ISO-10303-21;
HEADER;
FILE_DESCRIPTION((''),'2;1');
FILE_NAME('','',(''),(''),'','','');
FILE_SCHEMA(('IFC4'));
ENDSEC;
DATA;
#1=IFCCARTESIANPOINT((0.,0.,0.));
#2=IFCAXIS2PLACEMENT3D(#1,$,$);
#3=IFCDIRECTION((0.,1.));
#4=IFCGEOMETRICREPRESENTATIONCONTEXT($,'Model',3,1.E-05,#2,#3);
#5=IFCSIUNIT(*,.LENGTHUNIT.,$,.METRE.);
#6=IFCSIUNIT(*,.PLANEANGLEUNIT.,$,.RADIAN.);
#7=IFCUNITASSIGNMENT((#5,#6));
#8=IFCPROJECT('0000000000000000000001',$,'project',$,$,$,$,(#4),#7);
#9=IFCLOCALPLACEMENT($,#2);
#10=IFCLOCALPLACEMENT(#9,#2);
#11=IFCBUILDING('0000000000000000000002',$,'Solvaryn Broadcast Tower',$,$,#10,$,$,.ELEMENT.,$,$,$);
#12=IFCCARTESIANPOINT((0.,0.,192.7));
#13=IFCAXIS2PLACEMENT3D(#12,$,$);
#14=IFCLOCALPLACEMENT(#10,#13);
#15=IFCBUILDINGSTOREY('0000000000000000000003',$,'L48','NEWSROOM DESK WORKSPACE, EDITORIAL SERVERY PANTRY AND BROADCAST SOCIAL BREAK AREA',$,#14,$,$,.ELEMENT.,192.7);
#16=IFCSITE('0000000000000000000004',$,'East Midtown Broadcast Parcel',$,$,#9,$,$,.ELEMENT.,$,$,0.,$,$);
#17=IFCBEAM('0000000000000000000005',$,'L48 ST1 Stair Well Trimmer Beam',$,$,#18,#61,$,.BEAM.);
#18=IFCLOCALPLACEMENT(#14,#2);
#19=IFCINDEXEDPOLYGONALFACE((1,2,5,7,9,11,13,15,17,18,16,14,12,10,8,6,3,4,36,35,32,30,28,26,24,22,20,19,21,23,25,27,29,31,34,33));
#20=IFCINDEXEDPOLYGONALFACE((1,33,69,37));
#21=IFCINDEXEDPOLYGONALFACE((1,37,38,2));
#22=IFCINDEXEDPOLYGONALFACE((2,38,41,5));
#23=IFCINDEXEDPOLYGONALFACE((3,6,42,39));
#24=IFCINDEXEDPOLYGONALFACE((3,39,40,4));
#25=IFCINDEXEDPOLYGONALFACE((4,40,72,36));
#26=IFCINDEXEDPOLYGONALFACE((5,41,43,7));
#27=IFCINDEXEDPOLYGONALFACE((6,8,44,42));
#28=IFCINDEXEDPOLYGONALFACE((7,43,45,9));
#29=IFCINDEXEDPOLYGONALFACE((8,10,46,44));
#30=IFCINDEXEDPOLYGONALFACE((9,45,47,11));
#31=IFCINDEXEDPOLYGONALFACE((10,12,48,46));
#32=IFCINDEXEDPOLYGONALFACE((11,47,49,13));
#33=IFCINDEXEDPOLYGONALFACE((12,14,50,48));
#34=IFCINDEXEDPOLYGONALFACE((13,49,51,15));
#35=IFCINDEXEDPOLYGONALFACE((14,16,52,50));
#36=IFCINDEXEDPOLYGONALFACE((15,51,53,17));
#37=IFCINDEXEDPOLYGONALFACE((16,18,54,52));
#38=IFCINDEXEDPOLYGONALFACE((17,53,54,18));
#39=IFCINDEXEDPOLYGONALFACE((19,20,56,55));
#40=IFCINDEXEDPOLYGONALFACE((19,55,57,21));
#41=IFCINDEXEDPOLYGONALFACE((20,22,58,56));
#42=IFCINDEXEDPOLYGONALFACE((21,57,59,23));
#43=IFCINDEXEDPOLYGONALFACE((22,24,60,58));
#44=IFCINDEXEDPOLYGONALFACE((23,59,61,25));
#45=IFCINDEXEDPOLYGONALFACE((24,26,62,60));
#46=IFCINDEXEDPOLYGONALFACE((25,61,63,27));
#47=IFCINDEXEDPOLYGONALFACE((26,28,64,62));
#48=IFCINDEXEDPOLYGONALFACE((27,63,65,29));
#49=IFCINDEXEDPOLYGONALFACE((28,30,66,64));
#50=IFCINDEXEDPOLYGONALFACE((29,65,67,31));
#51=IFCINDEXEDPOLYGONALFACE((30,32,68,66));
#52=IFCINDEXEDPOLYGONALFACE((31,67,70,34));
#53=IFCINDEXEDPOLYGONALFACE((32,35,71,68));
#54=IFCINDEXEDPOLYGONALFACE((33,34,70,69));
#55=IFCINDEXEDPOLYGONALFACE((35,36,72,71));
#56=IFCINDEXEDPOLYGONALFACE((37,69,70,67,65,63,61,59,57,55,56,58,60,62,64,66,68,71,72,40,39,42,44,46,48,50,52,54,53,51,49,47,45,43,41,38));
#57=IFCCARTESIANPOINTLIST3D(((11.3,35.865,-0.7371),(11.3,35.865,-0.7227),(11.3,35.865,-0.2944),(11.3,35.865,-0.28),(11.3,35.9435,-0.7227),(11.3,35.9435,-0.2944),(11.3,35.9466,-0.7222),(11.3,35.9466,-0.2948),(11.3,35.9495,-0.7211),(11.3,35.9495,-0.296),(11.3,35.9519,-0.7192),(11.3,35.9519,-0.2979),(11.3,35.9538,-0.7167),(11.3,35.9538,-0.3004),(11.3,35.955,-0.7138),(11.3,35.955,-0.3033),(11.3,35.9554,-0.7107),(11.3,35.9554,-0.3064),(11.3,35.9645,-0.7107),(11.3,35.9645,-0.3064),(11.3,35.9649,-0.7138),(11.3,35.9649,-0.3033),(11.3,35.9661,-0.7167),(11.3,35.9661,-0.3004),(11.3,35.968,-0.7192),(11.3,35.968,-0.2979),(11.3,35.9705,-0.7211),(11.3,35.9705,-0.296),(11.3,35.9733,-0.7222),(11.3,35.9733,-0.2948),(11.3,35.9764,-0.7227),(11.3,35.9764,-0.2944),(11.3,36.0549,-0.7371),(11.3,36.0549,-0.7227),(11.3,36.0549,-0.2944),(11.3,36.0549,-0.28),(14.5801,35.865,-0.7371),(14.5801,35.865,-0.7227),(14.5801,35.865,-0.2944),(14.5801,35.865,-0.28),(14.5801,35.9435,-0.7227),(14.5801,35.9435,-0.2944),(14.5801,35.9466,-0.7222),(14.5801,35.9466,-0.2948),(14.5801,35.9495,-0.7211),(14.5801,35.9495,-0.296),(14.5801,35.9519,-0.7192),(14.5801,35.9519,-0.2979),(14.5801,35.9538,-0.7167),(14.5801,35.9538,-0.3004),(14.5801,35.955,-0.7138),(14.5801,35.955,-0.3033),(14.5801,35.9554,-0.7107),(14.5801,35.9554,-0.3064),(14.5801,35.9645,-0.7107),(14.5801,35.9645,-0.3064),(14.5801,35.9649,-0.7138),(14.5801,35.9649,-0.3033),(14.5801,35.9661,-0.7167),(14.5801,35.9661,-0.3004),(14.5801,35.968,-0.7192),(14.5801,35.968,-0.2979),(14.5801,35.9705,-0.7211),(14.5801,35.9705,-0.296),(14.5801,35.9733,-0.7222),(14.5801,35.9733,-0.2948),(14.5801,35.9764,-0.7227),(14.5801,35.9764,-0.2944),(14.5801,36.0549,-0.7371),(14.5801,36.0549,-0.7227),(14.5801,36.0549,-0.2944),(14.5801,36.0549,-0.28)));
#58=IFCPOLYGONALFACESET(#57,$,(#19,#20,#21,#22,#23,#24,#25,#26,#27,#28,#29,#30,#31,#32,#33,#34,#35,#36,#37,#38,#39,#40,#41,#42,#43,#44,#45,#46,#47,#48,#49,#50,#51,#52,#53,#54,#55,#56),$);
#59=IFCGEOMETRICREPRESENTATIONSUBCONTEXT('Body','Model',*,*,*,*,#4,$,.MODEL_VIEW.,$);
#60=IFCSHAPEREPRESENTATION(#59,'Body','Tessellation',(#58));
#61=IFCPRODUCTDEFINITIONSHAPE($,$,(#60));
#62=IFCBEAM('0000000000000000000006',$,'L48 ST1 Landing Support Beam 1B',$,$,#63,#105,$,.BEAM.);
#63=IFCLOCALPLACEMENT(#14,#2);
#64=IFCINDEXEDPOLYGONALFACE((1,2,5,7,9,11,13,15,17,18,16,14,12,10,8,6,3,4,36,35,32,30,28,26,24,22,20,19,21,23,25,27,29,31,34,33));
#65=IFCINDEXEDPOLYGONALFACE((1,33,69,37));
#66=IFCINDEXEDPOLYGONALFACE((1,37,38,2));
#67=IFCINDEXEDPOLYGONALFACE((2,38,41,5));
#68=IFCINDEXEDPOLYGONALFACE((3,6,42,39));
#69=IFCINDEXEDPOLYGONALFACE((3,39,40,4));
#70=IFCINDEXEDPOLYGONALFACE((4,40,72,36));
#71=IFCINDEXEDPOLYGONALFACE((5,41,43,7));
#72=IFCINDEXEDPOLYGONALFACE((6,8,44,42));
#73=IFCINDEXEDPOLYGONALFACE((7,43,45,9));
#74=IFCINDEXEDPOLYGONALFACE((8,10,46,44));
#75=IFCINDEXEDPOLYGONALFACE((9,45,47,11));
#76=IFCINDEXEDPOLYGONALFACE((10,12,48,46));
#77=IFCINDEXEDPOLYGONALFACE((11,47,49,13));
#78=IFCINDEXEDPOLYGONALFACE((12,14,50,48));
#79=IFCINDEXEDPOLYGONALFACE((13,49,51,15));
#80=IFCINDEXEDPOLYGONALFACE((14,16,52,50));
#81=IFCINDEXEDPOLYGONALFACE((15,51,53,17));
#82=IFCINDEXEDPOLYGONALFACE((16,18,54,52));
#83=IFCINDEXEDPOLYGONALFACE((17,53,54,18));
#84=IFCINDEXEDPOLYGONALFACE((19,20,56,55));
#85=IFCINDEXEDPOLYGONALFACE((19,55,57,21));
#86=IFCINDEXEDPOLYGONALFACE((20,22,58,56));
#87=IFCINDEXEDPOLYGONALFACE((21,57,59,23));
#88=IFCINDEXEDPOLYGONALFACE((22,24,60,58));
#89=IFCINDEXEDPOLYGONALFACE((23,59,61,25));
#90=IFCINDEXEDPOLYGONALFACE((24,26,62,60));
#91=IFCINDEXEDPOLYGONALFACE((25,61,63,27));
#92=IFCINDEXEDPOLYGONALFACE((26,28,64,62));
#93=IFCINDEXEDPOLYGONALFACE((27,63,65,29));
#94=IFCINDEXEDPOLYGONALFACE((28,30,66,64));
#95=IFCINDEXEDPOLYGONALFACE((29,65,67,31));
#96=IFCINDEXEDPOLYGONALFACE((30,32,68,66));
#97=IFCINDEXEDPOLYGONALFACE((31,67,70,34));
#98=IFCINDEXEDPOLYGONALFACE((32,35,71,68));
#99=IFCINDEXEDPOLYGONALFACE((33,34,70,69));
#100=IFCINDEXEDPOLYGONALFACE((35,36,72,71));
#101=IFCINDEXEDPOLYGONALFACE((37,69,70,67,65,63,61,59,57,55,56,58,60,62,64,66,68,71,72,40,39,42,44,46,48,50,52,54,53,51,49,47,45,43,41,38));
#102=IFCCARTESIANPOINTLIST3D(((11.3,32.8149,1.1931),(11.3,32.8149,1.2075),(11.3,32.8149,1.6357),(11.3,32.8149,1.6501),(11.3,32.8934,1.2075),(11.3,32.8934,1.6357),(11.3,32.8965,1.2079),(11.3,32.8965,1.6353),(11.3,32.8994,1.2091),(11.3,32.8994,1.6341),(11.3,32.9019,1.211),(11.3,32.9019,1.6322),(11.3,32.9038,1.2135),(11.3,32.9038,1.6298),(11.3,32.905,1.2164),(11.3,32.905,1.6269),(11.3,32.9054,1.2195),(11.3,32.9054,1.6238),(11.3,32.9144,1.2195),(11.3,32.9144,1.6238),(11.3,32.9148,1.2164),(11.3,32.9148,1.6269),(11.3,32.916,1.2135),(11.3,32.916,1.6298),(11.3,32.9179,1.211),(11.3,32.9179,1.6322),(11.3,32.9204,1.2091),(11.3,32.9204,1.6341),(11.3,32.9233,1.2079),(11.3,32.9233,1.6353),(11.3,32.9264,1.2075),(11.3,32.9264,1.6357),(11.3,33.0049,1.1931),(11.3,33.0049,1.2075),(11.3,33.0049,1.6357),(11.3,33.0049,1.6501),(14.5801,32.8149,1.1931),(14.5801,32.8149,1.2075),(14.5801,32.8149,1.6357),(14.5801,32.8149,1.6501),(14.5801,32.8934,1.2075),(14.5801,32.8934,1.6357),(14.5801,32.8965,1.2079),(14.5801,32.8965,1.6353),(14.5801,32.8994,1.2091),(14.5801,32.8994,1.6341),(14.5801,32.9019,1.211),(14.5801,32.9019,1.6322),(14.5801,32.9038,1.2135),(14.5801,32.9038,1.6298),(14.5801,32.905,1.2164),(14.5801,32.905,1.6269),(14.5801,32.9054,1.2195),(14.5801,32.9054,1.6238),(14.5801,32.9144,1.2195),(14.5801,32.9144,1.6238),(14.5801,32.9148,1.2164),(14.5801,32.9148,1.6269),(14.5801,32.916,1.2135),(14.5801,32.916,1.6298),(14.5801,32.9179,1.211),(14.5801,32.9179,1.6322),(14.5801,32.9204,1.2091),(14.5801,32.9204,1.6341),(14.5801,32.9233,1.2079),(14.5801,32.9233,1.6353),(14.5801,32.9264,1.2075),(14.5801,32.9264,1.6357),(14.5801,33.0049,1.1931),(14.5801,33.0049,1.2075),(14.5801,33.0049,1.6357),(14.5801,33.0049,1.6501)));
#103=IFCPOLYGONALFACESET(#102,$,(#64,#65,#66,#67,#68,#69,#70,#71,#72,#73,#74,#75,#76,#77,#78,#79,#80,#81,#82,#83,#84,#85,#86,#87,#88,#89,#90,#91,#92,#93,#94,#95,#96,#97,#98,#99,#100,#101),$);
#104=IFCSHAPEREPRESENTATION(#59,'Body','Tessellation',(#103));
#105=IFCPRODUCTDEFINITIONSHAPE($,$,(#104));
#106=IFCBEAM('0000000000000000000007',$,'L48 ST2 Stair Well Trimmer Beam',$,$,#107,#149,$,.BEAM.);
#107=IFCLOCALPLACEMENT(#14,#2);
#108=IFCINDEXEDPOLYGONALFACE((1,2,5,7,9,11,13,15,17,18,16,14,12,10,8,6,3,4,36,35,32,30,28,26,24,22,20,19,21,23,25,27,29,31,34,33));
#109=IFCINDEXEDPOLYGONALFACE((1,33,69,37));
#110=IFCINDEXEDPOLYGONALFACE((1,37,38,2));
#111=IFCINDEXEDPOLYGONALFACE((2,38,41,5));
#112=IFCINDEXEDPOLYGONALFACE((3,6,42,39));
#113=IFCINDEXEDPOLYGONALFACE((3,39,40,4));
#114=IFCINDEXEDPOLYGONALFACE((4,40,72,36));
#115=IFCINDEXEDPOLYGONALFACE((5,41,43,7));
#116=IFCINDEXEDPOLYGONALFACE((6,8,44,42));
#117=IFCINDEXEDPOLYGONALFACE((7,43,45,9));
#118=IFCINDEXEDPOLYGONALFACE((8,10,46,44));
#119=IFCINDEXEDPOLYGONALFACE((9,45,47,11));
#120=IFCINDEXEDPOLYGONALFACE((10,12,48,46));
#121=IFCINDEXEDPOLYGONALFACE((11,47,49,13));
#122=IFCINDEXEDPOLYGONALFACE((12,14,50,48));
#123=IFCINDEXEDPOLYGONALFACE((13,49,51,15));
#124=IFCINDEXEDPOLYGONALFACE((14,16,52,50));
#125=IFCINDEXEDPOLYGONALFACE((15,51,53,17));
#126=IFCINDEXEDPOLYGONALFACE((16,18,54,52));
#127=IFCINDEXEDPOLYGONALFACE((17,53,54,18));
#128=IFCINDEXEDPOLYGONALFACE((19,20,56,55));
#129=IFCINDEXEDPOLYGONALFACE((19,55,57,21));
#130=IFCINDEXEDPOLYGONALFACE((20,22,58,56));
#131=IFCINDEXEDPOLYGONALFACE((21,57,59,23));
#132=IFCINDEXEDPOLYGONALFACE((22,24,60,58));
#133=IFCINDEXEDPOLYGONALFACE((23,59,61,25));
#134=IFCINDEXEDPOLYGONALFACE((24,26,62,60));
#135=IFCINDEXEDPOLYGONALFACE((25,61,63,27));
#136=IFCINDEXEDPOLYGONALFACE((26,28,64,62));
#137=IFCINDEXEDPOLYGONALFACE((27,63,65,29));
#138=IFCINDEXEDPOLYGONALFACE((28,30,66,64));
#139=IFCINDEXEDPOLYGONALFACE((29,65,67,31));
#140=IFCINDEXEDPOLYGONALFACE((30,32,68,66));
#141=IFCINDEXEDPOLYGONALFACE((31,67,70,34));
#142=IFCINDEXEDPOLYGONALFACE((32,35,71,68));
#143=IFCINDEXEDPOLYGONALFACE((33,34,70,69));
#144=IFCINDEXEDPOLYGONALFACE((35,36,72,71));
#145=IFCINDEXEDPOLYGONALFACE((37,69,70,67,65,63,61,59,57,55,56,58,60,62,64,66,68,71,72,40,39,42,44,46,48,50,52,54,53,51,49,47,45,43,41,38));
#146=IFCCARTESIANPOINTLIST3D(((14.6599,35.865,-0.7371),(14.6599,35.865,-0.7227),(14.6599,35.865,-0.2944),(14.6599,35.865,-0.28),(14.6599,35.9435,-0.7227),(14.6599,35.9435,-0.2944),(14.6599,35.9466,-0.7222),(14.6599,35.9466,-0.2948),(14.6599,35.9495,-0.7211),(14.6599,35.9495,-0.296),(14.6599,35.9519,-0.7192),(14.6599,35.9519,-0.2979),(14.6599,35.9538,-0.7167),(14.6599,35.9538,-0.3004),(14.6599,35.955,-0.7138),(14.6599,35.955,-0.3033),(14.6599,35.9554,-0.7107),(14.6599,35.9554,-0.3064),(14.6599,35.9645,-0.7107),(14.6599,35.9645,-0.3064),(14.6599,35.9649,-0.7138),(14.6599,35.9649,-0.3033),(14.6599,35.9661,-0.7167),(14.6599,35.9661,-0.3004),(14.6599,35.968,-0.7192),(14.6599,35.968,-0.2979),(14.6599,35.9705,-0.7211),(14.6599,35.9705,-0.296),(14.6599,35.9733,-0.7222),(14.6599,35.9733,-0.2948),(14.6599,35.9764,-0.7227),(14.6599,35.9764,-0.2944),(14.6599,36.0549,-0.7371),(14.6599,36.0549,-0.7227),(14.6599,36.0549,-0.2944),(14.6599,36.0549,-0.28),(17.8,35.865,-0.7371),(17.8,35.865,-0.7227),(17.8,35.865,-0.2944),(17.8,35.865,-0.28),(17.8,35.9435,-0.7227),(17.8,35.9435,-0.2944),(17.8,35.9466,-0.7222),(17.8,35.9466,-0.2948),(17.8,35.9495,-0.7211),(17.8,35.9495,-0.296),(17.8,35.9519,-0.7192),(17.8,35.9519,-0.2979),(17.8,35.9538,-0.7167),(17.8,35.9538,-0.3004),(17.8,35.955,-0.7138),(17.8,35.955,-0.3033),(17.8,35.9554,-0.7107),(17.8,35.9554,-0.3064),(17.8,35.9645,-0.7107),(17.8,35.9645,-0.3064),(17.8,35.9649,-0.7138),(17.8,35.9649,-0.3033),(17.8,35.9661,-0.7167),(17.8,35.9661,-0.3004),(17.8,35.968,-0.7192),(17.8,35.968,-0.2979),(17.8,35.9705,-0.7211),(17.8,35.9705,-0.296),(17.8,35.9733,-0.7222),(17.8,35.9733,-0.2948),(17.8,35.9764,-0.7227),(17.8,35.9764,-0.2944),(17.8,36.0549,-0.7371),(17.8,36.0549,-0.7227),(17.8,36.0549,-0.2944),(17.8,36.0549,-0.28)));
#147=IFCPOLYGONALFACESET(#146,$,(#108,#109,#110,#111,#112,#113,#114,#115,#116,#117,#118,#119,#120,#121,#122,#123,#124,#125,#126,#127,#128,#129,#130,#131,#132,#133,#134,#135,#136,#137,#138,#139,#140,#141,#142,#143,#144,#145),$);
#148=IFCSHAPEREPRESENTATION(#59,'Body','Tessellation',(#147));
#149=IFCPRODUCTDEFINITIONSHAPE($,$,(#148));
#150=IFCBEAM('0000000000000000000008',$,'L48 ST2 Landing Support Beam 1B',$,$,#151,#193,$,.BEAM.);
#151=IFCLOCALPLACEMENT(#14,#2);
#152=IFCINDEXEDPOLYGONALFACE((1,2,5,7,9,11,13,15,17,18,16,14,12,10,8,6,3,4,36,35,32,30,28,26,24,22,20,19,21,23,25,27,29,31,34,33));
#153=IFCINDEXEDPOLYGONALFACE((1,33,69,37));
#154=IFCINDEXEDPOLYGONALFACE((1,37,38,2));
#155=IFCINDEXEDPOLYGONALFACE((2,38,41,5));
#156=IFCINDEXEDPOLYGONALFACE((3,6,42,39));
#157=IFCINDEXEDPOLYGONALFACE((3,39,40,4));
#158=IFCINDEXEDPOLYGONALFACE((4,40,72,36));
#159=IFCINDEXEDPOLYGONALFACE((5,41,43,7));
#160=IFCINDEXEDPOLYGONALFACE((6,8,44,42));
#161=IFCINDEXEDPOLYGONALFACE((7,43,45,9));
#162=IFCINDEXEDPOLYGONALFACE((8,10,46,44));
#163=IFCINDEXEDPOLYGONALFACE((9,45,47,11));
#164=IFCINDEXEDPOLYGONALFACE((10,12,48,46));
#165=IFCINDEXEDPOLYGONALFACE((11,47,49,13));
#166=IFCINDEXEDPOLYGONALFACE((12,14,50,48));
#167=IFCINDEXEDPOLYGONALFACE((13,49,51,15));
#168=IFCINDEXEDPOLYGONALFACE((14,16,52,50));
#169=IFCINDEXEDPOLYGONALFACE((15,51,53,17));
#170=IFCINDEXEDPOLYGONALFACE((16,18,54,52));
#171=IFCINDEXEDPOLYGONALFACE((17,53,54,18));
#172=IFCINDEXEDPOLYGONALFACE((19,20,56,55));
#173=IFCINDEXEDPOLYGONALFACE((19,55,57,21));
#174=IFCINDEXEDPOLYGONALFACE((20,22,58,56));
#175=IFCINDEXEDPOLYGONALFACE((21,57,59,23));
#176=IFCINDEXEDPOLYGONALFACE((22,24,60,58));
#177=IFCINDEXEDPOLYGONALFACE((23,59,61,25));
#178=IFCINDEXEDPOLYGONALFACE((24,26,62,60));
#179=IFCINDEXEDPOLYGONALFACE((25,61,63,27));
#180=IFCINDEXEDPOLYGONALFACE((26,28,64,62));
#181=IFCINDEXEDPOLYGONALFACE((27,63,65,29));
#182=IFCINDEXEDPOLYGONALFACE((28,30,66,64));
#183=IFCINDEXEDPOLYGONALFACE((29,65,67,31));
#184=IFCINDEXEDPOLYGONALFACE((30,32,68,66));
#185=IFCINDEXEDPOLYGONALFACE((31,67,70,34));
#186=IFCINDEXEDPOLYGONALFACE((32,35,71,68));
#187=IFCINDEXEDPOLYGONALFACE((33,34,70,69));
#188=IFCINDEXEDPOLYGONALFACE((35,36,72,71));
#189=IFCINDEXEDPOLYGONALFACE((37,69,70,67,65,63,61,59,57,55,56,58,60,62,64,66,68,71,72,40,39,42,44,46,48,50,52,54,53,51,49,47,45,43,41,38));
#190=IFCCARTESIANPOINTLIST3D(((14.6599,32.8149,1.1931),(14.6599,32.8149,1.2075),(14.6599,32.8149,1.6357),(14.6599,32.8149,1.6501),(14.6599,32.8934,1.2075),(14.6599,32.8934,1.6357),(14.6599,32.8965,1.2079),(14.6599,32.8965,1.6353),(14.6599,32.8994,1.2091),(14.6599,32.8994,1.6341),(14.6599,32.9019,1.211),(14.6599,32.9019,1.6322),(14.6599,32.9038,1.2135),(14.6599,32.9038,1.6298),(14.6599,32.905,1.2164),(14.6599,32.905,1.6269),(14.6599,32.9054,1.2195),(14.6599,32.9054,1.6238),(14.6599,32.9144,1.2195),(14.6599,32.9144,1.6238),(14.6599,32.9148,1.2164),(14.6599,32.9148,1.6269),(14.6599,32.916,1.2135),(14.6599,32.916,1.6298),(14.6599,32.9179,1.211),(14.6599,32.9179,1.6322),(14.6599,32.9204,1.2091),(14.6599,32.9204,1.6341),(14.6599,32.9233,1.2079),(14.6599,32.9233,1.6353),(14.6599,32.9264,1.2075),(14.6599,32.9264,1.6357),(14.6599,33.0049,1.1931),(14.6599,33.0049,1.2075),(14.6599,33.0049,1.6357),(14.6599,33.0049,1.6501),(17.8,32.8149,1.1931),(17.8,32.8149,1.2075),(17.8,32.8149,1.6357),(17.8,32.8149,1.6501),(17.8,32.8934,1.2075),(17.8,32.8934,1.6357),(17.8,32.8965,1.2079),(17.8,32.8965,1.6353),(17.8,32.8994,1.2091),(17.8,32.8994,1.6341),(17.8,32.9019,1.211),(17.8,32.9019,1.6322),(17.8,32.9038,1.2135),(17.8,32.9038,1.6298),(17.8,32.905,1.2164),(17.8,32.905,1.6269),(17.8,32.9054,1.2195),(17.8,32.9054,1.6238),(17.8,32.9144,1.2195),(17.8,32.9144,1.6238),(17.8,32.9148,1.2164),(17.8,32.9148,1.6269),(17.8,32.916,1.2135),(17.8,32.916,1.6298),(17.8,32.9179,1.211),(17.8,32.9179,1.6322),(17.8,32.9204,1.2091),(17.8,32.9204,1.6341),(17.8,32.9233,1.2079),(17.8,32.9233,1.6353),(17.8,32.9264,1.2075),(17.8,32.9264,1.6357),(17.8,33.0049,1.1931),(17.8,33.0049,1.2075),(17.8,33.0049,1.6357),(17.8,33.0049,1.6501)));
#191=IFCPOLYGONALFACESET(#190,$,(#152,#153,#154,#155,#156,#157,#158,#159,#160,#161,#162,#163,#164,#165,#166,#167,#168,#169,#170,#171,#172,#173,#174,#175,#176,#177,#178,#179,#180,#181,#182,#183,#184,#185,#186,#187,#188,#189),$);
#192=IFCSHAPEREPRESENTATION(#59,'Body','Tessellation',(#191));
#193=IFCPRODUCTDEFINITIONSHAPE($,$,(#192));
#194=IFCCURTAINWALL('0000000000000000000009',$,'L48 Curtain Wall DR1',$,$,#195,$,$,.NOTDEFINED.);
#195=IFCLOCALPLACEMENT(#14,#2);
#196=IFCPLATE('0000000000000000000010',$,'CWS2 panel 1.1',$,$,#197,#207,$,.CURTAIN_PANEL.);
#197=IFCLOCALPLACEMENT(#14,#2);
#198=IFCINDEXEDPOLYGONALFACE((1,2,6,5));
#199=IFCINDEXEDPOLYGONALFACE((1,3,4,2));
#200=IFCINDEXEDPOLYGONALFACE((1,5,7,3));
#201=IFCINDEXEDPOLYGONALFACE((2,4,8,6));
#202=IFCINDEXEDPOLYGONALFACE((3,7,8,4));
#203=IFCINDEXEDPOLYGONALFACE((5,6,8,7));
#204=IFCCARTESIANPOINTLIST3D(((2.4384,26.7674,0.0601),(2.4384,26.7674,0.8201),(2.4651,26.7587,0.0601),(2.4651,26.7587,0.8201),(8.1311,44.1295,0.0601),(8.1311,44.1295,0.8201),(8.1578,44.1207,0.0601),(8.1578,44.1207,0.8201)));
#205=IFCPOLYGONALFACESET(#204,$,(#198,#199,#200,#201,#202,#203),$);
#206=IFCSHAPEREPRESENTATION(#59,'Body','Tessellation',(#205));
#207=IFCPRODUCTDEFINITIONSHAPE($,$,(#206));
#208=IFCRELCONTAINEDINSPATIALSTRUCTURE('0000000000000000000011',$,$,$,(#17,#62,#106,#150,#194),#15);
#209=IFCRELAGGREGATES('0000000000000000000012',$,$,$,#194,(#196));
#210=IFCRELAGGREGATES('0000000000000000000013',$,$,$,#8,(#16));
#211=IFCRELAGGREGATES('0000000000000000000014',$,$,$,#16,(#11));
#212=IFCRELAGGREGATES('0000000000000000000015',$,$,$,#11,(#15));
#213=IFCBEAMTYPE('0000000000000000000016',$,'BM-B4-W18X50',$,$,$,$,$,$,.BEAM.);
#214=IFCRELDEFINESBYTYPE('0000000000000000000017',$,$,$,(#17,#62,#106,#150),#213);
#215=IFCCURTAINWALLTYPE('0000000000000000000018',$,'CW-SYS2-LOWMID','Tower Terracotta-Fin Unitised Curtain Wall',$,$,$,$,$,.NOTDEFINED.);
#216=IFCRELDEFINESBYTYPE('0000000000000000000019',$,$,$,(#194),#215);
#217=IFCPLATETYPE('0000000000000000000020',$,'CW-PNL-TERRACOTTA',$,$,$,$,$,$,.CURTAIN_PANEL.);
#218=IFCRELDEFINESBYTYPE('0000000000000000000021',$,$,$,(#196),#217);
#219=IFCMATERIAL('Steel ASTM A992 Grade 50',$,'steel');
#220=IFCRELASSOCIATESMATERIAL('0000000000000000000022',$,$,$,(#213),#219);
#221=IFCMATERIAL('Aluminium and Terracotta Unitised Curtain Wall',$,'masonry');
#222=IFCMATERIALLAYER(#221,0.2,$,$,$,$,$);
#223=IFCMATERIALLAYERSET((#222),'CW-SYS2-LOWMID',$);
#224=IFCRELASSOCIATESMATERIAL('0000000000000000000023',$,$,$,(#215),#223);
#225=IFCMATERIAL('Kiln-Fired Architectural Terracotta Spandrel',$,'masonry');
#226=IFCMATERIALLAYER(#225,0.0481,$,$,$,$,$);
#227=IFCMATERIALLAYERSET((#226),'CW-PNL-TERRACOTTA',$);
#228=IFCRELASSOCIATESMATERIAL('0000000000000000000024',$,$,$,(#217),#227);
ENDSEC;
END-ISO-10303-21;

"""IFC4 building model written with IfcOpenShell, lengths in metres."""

from ifc_helpers import new_model, si_unit, direction, frame, origin, origin_2d, place, context, subcontext, project, spatial, rectangle, i_section, extrude, material, layer, layer_set, material_profile, profile_set, type_object, element, aggregate, save


model = new_model("IFC4")

# Units and contexts
model_context = context("Model", 3, precision=1e-05, world=origin(), true_north=direction((0.0, 1.0)))
body_context = subcontext(model_context, "Body", "Model", "MODEL_VIEW")
ifc_project = project(units=[si_unit("LENGTHUNIT", "METRE"), si_unit("PLANEANGLEUNIT", "RADIAN")], contexts=[model_context])

# Site, building, storey
site_placement = place(None, origin())
site = spatial("IfcSite", under=ifc_project, at=site_placement, Name="East Midtown Broadcast Parcel", CompositionType="ELEMENT", RefElevation=0.0)
building_placement = place(site_placement, origin())
building = spatial("IfcBuilding", under=site, at=building_placement, Name="Solvaryn Broadcast Tower", CompositionType="ELEMENT")
storey_placement = place(building_placement, frame((0.0, 0.0, 192.7)))
storey = spatial("IfcBuildingStorey", under=building, at=storey_placement, Name="L48", Description="NEWSROOM DESK WORKSPACE, EDITORIAL SERVERY PANTRY AND BROADCAST SOCIAL BREAK AREA", CompositionType="ELEMENT", Elevation=192.7)

# Beams
ifc_material_1 = material(Name="Steel ASTM A992 Grade 50", Category="steel")
ifc_material_profile = material_profile(ifc_material_1, i_section(OverallWidth=0.1899, OverallDepth=0.457, WebThickness=0.009, FlangeThickness=0.0144, FilletRadius=0.012, at=origin_2d()))
ifc_profile_set = profile_set([ifc_material_profile], Name="Steel ASTM A992 Grade 50")
beam_type = type_object("IfcBeamType", Name="BM-B4-W18X50", PredefinedType="BEAM", material=ifc_profile_set)
for number, where, z_axis, x_axis, name in (
    (1, (11.3, 35.96, -0.5085), (1.0, 0.0, 0.0), (0.0, 1.0, 0.0), "L48 ST1 Stair Well Trimmer Beam"),
    (2, (11.3, 32.9099, 1.4216), (1.0, 0.0, 0.0), (0.0, 1.0, 0.0), "L48 ST1 Landing Support Beam 1B"),
):
    element("IfcBeam", number, at=place(storey_placement, frame(where, z_axis=z_axis, x_axis=x_axis)), inside=storey, type_object=beam_type, Name=name, PredefinedType="BEAM", context=body_context, shape_type="SweptSolid", body=[
        extrude(i_section(OverallWidth=0.1899, OverallDepth=0.457, WebThickness=0.009, FlangeThickness=0.0144, FilletRadius=0.012, at=origin_2d()), origin(), (0.0, 0.0, 1.0), 3.28),
    ])
for number, where, z_axis, x_axis, name in (
    (3, (14.6599, 35.96, -0.5085), (1.0, 0.0, 0.0), (0.0, 1.0, 0.0), "L48 ST2 Stair Well Trimmer Beam"),
    (4, (14.6599, 32.9099, 1.4216), (1.0, 0.0, 0.0), (0.0, 1.0, 0.0), "L48 ST2 Landing Support Beam 1B"),
):
    element("IfcBeam", number, at=place(storey_placement, frame(where, z_axis=z_axis, x_axis=x_axis)), inside=storey, type_object=beam_type, Name=name, PredefinedType="BEAM", context=body_context, shape_type="SweptSolid", body=[
        extrude(i_section(OverallWidth=0.1899, OverallDepth=0.457, WebThickness=0.009, FlangeThickness=0.0144, FilletRadius=0.012, at=origin_2d()), origin(), (0.0, 0.0, 1.0), 3.1401),
    ])

# Curtain wall, plate
ifc_material_2 = material(Name="Aluminium and Terracotta Unitised Curtain Wall", Category="masonry")
ifc_layer_1 = layer(ifc_material_2, 0.2)
ifc_layer_set_1 = layer_set([ifc_layer_1], Name="CW-SYS2-LOWMID")
curtain_wall_type = type_object("IfcCurtainWallType", Name="CW-SYS2-LOWMID", Description="Tower Terracotta-Fin Unitised Curtain Wall", PredefinedType="NOTDEFINED", material=ifc_layer_set_1)
curtain_wall_placement = place(storey_placement, origin())
curtain_wall = element("IfcCurtainWall", 5, at=curtain_wall_placement, inside=storey, type_object=curtain_wall_type, Name="L48 Curtain Wall DR1", PredefinedType="NOTDEFINED")
ifc_material_3 = material(Name="Kiln-Fired Architectural Terracotta Spandrel", Category="masonry")
ifc_layer_2 = layer(ifc_material_3, 0.0481)
ifc_layer_set_2 = layer_set([ifc_layer_2], Name="CW-PNL-TERRACOTTA")
plate_type = type_object("IfcPlateType", Name="CW-PNL-TERRACOTTA", PredefinedType="CURTAIN_PANEL", material=ifc_layer_set_2)
plate_1_placement = place(storey_placement, frame((5.2981, 35.4441, 0.0601), z_axis=(0.0, 0.0, 1.0), x_axis=(-0.311559, -0.950227, 0.0)))
plate_1 = element("IfcPlate", 6, at=plate_1_placement, type_object=plate_type, Name="CWS2 panel 1.1", PredefinedType="CURTAIN_PANEL", context=body_context, shape_type="SweptSolid", body=[
    extrude(rectangle(XDim=18.2715, YDim=0.0281, at=origin_2d()), origin(), (0.0, 0.0, 1.0), 0.76),
])
aggregate(curtain_wall, [plate_1])

save(model, "model.ifc")
